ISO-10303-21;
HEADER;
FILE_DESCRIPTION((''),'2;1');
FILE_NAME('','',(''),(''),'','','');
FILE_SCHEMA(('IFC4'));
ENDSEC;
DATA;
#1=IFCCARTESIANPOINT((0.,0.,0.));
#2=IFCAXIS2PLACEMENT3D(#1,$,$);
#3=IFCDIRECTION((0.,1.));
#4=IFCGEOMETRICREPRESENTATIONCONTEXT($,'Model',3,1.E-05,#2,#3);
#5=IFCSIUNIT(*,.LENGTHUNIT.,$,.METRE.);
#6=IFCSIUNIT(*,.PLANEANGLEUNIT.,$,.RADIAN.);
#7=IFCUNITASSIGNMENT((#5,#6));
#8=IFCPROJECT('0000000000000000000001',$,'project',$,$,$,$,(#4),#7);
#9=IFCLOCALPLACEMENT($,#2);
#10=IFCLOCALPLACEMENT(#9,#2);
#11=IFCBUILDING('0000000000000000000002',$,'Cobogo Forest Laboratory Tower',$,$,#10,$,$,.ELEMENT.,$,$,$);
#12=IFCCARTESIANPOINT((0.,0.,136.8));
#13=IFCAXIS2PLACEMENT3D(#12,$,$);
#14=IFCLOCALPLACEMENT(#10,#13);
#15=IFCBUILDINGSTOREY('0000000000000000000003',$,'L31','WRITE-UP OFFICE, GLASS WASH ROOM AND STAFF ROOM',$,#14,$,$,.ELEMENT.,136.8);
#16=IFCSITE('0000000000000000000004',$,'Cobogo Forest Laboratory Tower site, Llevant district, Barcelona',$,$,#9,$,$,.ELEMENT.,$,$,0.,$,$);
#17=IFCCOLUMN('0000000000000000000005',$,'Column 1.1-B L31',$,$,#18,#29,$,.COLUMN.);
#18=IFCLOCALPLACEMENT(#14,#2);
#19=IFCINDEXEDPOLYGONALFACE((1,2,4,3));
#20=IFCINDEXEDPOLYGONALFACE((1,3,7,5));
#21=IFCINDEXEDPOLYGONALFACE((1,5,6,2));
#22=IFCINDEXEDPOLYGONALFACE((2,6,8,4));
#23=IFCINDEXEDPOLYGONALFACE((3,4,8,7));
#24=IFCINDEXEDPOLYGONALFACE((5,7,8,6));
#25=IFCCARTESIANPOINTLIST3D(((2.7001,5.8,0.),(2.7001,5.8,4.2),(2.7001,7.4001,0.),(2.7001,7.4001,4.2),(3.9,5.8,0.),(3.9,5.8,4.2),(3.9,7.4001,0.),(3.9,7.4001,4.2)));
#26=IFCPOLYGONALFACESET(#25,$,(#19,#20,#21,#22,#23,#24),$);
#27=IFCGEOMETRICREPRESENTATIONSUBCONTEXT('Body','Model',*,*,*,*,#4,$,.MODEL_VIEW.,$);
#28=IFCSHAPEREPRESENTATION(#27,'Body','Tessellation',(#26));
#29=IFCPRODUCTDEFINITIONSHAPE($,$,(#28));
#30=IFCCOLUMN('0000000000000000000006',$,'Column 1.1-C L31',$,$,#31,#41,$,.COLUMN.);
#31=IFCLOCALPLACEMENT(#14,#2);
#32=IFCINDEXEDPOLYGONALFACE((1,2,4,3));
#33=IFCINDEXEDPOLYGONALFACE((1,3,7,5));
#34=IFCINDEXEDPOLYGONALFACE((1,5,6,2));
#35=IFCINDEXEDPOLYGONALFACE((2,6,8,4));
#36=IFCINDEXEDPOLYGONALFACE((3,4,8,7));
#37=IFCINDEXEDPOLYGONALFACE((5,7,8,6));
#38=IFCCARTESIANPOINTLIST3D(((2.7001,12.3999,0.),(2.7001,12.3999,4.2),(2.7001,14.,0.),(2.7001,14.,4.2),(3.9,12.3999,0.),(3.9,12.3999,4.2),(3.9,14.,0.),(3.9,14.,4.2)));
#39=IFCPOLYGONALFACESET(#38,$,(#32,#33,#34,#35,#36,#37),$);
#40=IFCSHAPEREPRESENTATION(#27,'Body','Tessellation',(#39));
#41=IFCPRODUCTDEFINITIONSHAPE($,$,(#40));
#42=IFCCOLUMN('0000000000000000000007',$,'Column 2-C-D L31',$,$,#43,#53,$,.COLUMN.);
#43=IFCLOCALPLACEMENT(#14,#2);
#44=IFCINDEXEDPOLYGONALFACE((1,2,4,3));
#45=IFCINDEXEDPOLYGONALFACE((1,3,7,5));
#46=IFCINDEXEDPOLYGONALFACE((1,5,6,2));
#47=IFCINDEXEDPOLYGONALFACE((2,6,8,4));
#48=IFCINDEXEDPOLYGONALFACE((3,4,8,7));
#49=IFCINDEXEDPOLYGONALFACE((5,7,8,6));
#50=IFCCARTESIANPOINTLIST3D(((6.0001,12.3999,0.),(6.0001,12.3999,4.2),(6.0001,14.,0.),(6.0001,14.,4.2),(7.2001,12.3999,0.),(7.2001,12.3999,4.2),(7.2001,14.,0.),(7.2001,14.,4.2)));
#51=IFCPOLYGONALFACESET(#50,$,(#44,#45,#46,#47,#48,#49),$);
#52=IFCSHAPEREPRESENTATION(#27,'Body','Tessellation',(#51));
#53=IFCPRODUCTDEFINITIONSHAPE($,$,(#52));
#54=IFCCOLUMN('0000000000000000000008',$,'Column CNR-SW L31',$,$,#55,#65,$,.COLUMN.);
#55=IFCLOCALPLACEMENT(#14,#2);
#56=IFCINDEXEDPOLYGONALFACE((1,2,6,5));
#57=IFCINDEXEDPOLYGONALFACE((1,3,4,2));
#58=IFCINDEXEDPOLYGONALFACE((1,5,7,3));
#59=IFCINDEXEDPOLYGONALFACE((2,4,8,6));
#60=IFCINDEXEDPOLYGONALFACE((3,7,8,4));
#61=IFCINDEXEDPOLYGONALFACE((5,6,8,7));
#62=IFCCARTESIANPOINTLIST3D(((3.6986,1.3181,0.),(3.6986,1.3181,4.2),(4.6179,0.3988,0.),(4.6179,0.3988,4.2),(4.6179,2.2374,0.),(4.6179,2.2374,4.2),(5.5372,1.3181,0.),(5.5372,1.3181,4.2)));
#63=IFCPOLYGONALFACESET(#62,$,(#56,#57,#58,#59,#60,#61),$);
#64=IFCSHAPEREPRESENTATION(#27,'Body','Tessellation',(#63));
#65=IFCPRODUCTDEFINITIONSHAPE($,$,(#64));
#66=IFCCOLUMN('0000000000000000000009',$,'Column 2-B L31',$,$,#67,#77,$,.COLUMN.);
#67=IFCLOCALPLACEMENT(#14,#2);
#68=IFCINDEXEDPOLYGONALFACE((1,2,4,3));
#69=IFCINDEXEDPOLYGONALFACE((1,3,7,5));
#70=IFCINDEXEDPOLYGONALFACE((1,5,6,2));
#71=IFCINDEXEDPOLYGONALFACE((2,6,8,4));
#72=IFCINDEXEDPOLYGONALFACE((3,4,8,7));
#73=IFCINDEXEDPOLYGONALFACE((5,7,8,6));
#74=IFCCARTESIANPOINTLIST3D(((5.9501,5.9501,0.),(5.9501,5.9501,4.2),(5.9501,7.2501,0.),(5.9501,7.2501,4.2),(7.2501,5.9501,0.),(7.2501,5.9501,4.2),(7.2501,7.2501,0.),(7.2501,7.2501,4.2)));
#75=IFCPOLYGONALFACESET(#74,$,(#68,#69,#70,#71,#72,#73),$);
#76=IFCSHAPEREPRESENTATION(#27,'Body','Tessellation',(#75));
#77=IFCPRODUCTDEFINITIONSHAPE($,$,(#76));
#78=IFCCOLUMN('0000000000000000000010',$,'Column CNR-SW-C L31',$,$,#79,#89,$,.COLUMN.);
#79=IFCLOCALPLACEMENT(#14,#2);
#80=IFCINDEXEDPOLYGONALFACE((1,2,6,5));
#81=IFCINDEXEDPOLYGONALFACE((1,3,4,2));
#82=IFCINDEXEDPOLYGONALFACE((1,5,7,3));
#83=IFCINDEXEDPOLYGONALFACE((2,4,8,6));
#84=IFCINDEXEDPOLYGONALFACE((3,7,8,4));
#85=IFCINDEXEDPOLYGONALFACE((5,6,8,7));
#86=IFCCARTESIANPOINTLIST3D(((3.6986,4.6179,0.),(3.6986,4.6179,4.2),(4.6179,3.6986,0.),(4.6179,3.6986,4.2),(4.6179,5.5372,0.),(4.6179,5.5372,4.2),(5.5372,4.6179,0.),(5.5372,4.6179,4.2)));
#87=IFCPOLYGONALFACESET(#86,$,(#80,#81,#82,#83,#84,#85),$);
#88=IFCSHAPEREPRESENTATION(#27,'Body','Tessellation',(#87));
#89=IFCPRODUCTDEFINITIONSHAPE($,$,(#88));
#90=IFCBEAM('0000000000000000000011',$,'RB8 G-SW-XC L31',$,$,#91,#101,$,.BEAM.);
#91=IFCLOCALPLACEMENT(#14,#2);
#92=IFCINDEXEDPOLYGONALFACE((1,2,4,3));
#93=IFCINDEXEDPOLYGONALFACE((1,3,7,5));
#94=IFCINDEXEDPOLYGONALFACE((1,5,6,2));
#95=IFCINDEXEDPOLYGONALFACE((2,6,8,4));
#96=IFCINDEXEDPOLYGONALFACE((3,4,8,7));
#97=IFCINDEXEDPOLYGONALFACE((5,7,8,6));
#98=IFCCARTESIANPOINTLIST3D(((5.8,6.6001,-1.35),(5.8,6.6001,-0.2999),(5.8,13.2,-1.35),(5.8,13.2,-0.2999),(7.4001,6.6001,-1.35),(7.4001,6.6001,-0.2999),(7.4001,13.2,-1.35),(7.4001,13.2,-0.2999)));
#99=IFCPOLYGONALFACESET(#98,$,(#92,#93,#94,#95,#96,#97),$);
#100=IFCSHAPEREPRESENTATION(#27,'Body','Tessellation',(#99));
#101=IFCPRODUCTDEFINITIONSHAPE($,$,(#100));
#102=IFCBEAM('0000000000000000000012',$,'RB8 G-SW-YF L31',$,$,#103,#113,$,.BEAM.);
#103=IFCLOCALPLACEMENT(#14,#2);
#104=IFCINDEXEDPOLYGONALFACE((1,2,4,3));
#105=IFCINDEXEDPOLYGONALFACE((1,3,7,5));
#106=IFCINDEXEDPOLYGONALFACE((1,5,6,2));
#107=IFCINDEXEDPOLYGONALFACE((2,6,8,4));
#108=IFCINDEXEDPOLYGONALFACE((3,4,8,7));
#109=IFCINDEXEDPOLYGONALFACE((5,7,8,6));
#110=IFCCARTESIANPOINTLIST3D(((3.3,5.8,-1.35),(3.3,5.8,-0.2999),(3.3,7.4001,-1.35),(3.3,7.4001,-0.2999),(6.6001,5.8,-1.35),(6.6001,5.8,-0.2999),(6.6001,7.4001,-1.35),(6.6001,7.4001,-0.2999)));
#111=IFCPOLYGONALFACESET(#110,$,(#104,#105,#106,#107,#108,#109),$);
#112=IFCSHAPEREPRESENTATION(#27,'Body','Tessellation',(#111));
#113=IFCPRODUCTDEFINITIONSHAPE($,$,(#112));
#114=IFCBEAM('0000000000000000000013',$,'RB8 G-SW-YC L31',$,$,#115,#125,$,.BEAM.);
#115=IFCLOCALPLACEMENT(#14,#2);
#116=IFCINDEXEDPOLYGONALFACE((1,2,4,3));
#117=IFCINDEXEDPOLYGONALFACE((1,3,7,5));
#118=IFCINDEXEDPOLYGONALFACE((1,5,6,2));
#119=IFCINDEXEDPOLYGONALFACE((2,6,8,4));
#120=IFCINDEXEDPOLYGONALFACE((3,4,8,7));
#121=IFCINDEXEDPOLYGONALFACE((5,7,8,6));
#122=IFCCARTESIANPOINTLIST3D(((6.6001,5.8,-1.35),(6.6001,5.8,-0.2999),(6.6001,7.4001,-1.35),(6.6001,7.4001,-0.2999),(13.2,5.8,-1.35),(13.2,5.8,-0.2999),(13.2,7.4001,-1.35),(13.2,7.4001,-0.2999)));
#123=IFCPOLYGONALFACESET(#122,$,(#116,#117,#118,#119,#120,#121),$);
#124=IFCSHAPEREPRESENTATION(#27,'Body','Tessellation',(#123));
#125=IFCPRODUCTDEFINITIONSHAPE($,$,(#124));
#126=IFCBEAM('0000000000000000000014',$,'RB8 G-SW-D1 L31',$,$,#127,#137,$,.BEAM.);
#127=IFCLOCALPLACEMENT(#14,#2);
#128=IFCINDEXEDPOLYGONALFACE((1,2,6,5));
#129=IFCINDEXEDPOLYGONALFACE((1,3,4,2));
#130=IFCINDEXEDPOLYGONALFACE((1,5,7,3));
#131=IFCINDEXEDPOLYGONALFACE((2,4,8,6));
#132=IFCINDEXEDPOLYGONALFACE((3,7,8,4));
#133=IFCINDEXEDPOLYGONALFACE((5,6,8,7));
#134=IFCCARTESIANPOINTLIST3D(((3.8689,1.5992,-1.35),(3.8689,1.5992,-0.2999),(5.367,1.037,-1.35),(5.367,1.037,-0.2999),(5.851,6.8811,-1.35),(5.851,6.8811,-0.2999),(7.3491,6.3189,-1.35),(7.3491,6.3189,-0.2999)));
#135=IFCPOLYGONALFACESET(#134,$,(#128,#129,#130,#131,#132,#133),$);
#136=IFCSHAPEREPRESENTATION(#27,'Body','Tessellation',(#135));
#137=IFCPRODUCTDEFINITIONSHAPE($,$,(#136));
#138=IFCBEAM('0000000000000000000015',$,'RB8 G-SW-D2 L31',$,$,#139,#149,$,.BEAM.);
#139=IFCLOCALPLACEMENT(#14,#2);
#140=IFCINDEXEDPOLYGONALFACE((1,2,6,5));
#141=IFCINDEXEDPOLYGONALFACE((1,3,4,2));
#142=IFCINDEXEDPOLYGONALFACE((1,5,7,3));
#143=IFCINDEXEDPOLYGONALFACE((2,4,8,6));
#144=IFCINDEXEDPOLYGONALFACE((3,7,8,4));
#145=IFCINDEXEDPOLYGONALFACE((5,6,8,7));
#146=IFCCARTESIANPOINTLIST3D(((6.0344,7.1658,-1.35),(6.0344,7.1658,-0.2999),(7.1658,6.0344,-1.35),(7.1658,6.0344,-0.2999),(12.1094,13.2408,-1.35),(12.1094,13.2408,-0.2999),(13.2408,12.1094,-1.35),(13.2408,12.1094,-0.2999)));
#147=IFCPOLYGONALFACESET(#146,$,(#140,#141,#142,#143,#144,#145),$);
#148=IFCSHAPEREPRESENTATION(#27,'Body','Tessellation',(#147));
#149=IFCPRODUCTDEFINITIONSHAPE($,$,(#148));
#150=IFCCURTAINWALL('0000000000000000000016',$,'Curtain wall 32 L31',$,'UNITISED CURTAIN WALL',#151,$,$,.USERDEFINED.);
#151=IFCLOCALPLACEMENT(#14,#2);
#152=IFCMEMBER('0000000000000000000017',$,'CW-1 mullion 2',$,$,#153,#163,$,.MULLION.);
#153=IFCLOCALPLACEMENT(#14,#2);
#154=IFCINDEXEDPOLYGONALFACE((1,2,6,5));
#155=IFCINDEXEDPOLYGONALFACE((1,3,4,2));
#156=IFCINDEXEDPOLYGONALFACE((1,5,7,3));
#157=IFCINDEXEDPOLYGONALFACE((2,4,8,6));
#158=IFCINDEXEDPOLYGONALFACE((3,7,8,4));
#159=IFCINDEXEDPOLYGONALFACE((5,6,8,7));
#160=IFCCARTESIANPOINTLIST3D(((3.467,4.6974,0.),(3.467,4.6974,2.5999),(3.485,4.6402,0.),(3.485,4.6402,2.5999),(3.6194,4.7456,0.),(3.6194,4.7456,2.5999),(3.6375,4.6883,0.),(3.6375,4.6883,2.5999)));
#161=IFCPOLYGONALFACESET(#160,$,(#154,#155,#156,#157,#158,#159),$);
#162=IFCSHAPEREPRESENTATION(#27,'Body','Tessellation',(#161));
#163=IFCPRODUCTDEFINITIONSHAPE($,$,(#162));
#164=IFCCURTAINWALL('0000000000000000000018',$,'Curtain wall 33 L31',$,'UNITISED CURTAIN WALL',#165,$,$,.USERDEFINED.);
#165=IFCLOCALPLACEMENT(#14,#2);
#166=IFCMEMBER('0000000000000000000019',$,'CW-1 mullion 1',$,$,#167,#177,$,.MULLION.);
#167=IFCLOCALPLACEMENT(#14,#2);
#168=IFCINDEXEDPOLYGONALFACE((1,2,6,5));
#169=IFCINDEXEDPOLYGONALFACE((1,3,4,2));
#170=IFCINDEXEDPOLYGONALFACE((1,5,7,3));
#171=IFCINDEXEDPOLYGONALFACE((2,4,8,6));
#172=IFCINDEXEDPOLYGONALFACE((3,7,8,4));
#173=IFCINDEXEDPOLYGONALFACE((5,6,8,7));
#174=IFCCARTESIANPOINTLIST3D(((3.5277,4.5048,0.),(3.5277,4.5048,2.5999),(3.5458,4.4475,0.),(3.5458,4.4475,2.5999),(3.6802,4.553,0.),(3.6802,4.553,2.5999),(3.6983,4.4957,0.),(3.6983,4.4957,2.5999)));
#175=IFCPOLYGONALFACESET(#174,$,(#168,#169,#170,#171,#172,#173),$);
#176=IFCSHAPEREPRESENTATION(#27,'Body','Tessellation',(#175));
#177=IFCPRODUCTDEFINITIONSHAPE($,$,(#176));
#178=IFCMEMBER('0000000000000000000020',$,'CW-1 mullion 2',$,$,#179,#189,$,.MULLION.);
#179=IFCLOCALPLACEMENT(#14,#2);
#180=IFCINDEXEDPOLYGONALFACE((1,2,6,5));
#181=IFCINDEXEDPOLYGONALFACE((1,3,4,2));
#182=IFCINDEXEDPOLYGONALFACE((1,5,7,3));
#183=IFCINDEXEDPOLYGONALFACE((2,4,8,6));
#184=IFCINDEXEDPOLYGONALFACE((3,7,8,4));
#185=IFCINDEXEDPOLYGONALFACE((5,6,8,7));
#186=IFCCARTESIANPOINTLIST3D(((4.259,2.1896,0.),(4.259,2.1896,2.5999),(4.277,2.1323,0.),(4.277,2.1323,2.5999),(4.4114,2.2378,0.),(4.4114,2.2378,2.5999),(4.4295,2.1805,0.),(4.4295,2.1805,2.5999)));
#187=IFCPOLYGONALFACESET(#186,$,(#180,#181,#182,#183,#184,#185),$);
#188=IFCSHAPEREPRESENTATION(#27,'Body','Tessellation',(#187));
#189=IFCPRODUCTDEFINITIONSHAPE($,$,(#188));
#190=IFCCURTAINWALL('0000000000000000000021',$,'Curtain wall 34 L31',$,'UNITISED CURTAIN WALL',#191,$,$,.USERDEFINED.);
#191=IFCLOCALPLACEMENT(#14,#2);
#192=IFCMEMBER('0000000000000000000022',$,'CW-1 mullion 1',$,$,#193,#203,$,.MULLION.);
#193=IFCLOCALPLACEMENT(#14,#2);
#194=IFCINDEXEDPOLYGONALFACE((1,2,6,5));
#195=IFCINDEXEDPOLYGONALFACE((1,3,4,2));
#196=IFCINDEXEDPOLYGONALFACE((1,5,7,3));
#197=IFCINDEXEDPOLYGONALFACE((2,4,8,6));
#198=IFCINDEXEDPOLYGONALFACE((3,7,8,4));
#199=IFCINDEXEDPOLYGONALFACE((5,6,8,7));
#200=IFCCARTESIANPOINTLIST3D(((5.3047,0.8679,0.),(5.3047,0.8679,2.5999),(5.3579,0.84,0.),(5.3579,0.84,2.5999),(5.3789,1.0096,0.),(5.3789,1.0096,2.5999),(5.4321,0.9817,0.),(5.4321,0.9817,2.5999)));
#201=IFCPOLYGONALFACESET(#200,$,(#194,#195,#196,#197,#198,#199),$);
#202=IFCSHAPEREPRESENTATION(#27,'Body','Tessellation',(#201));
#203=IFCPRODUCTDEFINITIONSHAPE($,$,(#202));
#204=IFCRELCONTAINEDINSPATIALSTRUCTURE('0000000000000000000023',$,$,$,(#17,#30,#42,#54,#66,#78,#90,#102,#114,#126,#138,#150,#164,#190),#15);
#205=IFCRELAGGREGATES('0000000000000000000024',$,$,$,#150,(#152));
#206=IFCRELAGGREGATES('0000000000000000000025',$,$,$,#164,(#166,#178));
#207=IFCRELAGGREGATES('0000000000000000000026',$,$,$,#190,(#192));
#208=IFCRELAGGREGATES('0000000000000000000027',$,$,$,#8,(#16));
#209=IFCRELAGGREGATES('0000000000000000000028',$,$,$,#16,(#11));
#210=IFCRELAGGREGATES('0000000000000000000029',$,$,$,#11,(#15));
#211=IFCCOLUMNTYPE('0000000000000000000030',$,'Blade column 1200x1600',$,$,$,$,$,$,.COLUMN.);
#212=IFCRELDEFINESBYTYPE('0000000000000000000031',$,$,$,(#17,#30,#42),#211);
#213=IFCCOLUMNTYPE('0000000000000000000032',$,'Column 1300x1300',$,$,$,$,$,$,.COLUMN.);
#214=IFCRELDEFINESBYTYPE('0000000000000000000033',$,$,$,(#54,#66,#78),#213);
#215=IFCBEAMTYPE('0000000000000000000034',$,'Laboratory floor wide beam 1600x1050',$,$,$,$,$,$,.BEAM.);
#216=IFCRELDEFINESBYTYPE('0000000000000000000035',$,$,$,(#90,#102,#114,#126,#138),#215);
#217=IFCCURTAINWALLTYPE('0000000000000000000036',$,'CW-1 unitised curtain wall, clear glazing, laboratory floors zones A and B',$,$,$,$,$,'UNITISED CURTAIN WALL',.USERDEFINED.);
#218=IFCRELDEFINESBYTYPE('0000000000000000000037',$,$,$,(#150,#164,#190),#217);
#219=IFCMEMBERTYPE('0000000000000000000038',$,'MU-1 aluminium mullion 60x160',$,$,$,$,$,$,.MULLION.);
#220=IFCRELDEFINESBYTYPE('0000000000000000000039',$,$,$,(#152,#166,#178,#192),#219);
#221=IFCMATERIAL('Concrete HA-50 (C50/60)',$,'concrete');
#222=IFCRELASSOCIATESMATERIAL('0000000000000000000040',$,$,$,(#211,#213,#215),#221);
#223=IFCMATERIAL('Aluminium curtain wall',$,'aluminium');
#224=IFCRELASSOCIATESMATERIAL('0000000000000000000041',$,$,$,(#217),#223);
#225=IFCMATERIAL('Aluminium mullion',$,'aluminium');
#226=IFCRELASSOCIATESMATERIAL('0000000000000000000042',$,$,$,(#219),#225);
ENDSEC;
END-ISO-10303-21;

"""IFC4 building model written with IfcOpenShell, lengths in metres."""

from ifc_helpers import new_model, si_unit, direction, frame, origin, origin_2d, place, context, subcontext, project, spatial, rectangle, extrude, material, material_profile, profile_set, type_object, element, aggregate, save


model = new_model("IFC4")

# Units and contexts
model_context = context("Model", 3, precision=1e-05, world=origin(), true_north=direction((0.0, 1.0)))
body_context = subcontext(model_context, "Body", "Model", "MODEL_VIEW")
ifc_project = project(units=[si_unit("LENGTHUNIT", "METRE"), si_unit("PLANEANGLEUNIT", "RADIAN")], contexts=[model_context])

# Site, building, storey
site_placement = place(None, origin())
site = spatial("IfcSite", under=ifc_project, at=site_placement, Name="Cobogo Forest Laboratory Tower site, Llevant district, Barcelona", CompositionType="ELEMENT", RefElevation=0.0)
building_placement = place(site_placement, origin())
building = spatial("IfcBuilding", under=site, at=building_placement, Name="Cobogo Forest Laboratory Tower", CompositionType="ELEMENT")
storey_placement = place(building_placement, frame((0.0, 0.0, 136.8)))
storey = spatial("IfcBuildingStorey", under=building, at=storey_placement, Name="L31", Description="WRITE-UP OFFICE, GLASS WASH ROOM AND STAFF ROOM", CompositionType="ELEMENT", Elevation=136.8)

# Columns
ifc_material_1 = material(Name="Concrete HA-50 (C50/60)", Category="concrete")
ifc_material_profile_1 = material_profile(ifc_material_1, rectangle(XDim=1.6001, YDim=1.2, at=origin_2d()), Name="RC 1200x1600")
ifc_profile_set_1 = profile_set([ifc_material_profile_1], Name="Concrete HA-50 (C50/60)")
column_type_1 = type_object("IfcColumnType", Name="Blade column 1200x1600", PredefinedType="COLUMN", material=ifc_profile_set_1)
for number, where, z_axis, x_axis, name in (
    (1, (3.3, 6.6001, 0.0), (0.0, 0.0, 1.0), (0.0, 1.0, 0.0), "Column 1.1-B L31"),
    (2, (3.3, 13.2, 0.0), (0.0, 0.0, 1.0), (0.0, 1.0, 0.0), "Column 1.1-C L31"),
    (3, (6.6001, 13.2, 0.0), (0.0, 0.0, 1.0), (0.0, 1.0, 0.0), "Column 2-C-D L31"),
):
    element("IfcColumn", number, at=place(storey_placement, frame(where, z_axis=z_axis, x_axis=x_axis)), inside=storey, type_object=column_type_1, Name=name, PredefinedType="COLUMN", context=body_context, shape_type="SweptSolid", body=[
        extrude(rectangle(XDim=1.6001, YDim=1.2, at=origin_2d()), origin(), (0.0, 0.0, 1.0), 4.2),
    ])
ifc_material_profile_2 = material_profile(ifc_material_1, rectangle(XDim=1.3, YDim=1.3, at=origin_2d()), Name="RC 1300x1300")
ifc_profile_set_2 = profile_set([ifc_material_profile_2], Name="Concrete HA-50 (C50/60)")
column_type_2 = type_object("IfcColumnType", Name="Column 1300x1300", PredefinedType="COLUMN", material=ifc_profile_set_2)
for number, where, z_axis, x_axis, name in (
    (4, (4.6179, 1.3181, 0.0), (0.0, 0.0, 1.0), (0.707107, 0.707107, 0.0), "Column CNR-SW L31"),
    (5, (6.6001, 6.6001, 0.0), (0.0, 0.0, 1.0), (1.0, 0.0, 0.0), "Column 2-B L31"),
    (6, (4.6179, 4.6179, 0.0), (0.0, 0.0, 1.0), (0.707107, 0.707107, 0.0), "Column CNR-SW-C L31"),
):
    element("IfcColumn", number, at=place(storey_placement, frame(where, z_axis=z_axis, x_axis=x_axis)), inside=storey, type_object=column_type_2, Name=name, PredefinedType="COLUMN", context=body_context, shape_type="SweptSolid", body=[
        extrude(rectangle(XDim=1.3, YDim=1.3, at=origin_2d()), origin(), (0.0, 0.0, 1.0), 4.2),
    ])

# Beams
ifc_material_profile_3 = material_profile(ifc_material_1, rectangle(XDim=1.6001, YDim=1.05, at=origin_2d()), Name="RC 1600x1050")
ifc_profile_set_3 = profile_set([ifc_material_profile_3], Name="Concrete HA-50 (C50/60)")
beam_type_1 = type_object("IfcBeamType", Name="Laboratory floor wide beam 1600x1050", PredefinedType="BEAM", material=ifc_profile_set_3)
beam_1_placement = place(storey_placement, frame((6.6001, 6.6001, -0.825), z_axis=(0.0, 1.0, 0.0), x_axis=(-1.0, 0.0, 0.0)))
element("IfcBeam", 7, at=beam_1_placement, inside=storey, type_object=beam_type_1, Name="RB8 G-SW-XC L31", PredefinedType="BEAM", context=body_context, shape_type="SweptSolid", body=[
    extrude(rectangle(XDim=1.6001, YDim=1.05, at=origin_2d()), origin(), (0.0, 0.0, 1.0), 6.5999),
])
beam_2_placement = place(storey_placement, frame((3.3, 6.6001, -0.825), z_axis=(1.0, 0.0, 0.0), x_axis=(0.0, 1.0, 0.0)))
element("IfcBeam", 8, at=beam_2_placement, inside=storey, type_object=beam_type_1, Name="RB8 G-SW-YF L31", PredefinedType="BEAM", context=body_context, shape_type="SweptSolid", body=[
    extrude(rectangle(XDim=1.6001, YDim=1.05, at=origin_2d()), origin(), (0.0, 0.0, 1.0), 3.3),
])
beam_3_placement = place(storey_placement, frame((6.6001, 6.6001, -0.825), z_axis=(1.0, 0.0, 0.0), x_axis=(0.0, 1.0, 0.0)))
element("IfcBeam", 9, at=beam_3_placement, inside=storey, type_object=beam_type_1, Name="RB8 G-SW-YC L31", PredefinedType="BEAM", context=body_context, shape_type="SweptSolid", body=[
    extrude(rectangle(XDim=1.6001, YDim=1.05, at=origin_2d()), origin(), (0.0, 0.0, 1.0), 6.5999),
])
beam_4_placement = place(storey_placement, frame((4.6179, 1.3181, -0.825), z_axis=(0.351346, 0.936246, 0.0), x_axis=(-0.936246, 0.351346, 0.0)))
element("IfcBeam", 10, at=beam_4_placement, inside=storey, type_object=beam_type_1, Name="RB8 G-SW-D1 L31", PredefinedType="BEAM", context=body_context, shape_type="SweptSolid", body=[
    extrude(rectangle(XDim=1.6001, YDim=1.05, at=origin_2d()), origin(), (0.0, 0.0, 1.0), 5.6416),
])
beam_5_placement = place(storey_placement, frame((6.6001, 6.6001, -0.825), z_axis=(0.707107, 0.707107, 0.0), x_axis=(-0.707107, 0.707107, 0.0)))
element("IfcBeam", 11, at=beam_5_placement, inside=storey, type_object=beam_type_1, Name="RB8 G-SW-D2 L31", PredefinedType="BEAM", context=body_context, shape_type="SweptSolid", body=[
    extrude(rectangle(XDim=1.6001, YDim=1.05, at=origin_2d()), origin(), (0.0, 0.0, 1.0), 8.5913),
])

# Curtain wall, member
ifc_material_2 = material(Name="Aluminium curtain wall", Category="aluminium")
curtain_wall_type = type_object("IfcCurtainWallType", Name="CW-1 unitised curtain wall, clear glazing, laboratory floors zones A and B", ElementType="UNITISED CURTAIN WALL", PredefinedType="USERDEFINED", material=ifc_material_2)
curtain_wall_1_placement = place(storey_placement, origin())
curtain_wall_1 = element("IfcCurtainWall", 12, at=curtain_wall_1_placement, inside=storey, type_object=curtain_wall_type, Name="Curtain wall 32 L31", ObjectType="UNITISED CURTAIN WALL", PredefinedType="USERDEFINED")
ifc_material_3 = material(Name="Aluminium mullion", Category="aluminium")
ifc_material_profile_4 = material_profile(ifc_material_3, rectangle(XDim=0.0601, YDim=0.1599, at=origin_2d()), Name="AL 60x160")
ifc_profile_set_4 = profile_set([ifc_material_profile_4], Name="Aluminium mullion")
member_type_1 = type_object("IfcMemberType", Name="MU-1 aluminium mullion 60x160", PredefinedType="MULLION", material=ifc_profile_set_4)
member_1_placement = place(storey_placement, frame((3.5522, 4.6929, 0.0), z_axis=(0.0, 0.0, 1.0), x_axis=(0.301136, -0.953581, 0.0)))
member_1 = element("IfcMember", 13, at=member_1_placement, type_object=member_type_1, Name="CW-1 mullion 2", PredefinedType="MULLION", context=body_context, shape_type="SweptSolid", body=[
    extrude(rectangle(XDim=0.0601, YDim=0.1599, at=origin_2d()), origin(), (0.0, 0.0, 1.0), 2.5999),
])

# Curtain walls, members
curtain_wall_2_placement = place(storey_placement, origin())
curtain_wall_2 = element("IfcCurtainWall", 14, at=curtain_wall_2_placement, inside=storey, type_object=curtain_wall_type, Name="Curtain wall 33 L31", ObjectType="UNITISED CURTAIN WALL", PredefinedType="USERDEFINED")
member_2_placement = place(storey_placement, frame((3.613, 4.5002, 0.0), z_axis=(0.0, 0.0, 1.0), x_axis=(0.301135, -0.953581, 0.0)))
member_2 = element("IfcMember", 15, at=member_2_placement, type_object=member_type_1, Name="CW-1 mullion 1", PredefinedType="MULLION", context=body_context, shape_type="SweptSolid", body=[
    extrude(rectangle(XDim=0.0601, YDim=0.1599, at=origin_2d()), origin(), (0.0, 0.0, 1.0), 2.5999),
])
member_3_placement = place(storey_placement, frame((4.3442, 2.1851, 0.0), z_axis=(0.0, 0.0, 1.0), x_axis=(0.301135, -0.953581, 0.0)))
member_3 = element("IfcMember", 16, at=member_3_placement, type_object=member_type_1, Name="CW-1 mullion 2", PredefinedType="MULLION", context=body_context, shape_type="SweptSolid", body=[
    extrude(rectangle(XDim=0.0601, YDim=0.1599, at=origin_2d()), origin(), (0.0, 0.0, 1.0), 2.5999),
])
curtain_wall_3_placement = place(storey_placement, origin())
curtain_wall_3 = element("IfcCurtainWall", 17, at=curtain_wall_3_placement, inside=storey, type_object=curtain_wall_type, Name="Curtain wall 34 L31", ObjectType="UNITISED CURTAIN WALL", PredefinedType="USERDEFINED")
member_4_placement = place(storey_placement, frame((5.3684, 0.9248, 0.0), z_axis=(0.0, 0.0, 1.0), x_axis=(0.885687, -0.464284, 0.0)))
member_4 = element("IfcMember", 18, at=member_4_placement, type_object=member_type_1, Name="CW-1 mullion 1", PredefinedType="MULLION", context=body_context, shape_type="SweptSolid", body=[
    extrude(rectangle(XDim=0.0601, YDim=0.1599, at=origin_2d()), origin(), (0.0, 0.0, 1.0), 2.5999),
])

aggregate(curtain_wall_1, [member_1])
aggregate(curtain_wall_2, [member_2, member_3])
aggregate(curtain_wall_3, [member_4])

save(model, "model.ifc")
